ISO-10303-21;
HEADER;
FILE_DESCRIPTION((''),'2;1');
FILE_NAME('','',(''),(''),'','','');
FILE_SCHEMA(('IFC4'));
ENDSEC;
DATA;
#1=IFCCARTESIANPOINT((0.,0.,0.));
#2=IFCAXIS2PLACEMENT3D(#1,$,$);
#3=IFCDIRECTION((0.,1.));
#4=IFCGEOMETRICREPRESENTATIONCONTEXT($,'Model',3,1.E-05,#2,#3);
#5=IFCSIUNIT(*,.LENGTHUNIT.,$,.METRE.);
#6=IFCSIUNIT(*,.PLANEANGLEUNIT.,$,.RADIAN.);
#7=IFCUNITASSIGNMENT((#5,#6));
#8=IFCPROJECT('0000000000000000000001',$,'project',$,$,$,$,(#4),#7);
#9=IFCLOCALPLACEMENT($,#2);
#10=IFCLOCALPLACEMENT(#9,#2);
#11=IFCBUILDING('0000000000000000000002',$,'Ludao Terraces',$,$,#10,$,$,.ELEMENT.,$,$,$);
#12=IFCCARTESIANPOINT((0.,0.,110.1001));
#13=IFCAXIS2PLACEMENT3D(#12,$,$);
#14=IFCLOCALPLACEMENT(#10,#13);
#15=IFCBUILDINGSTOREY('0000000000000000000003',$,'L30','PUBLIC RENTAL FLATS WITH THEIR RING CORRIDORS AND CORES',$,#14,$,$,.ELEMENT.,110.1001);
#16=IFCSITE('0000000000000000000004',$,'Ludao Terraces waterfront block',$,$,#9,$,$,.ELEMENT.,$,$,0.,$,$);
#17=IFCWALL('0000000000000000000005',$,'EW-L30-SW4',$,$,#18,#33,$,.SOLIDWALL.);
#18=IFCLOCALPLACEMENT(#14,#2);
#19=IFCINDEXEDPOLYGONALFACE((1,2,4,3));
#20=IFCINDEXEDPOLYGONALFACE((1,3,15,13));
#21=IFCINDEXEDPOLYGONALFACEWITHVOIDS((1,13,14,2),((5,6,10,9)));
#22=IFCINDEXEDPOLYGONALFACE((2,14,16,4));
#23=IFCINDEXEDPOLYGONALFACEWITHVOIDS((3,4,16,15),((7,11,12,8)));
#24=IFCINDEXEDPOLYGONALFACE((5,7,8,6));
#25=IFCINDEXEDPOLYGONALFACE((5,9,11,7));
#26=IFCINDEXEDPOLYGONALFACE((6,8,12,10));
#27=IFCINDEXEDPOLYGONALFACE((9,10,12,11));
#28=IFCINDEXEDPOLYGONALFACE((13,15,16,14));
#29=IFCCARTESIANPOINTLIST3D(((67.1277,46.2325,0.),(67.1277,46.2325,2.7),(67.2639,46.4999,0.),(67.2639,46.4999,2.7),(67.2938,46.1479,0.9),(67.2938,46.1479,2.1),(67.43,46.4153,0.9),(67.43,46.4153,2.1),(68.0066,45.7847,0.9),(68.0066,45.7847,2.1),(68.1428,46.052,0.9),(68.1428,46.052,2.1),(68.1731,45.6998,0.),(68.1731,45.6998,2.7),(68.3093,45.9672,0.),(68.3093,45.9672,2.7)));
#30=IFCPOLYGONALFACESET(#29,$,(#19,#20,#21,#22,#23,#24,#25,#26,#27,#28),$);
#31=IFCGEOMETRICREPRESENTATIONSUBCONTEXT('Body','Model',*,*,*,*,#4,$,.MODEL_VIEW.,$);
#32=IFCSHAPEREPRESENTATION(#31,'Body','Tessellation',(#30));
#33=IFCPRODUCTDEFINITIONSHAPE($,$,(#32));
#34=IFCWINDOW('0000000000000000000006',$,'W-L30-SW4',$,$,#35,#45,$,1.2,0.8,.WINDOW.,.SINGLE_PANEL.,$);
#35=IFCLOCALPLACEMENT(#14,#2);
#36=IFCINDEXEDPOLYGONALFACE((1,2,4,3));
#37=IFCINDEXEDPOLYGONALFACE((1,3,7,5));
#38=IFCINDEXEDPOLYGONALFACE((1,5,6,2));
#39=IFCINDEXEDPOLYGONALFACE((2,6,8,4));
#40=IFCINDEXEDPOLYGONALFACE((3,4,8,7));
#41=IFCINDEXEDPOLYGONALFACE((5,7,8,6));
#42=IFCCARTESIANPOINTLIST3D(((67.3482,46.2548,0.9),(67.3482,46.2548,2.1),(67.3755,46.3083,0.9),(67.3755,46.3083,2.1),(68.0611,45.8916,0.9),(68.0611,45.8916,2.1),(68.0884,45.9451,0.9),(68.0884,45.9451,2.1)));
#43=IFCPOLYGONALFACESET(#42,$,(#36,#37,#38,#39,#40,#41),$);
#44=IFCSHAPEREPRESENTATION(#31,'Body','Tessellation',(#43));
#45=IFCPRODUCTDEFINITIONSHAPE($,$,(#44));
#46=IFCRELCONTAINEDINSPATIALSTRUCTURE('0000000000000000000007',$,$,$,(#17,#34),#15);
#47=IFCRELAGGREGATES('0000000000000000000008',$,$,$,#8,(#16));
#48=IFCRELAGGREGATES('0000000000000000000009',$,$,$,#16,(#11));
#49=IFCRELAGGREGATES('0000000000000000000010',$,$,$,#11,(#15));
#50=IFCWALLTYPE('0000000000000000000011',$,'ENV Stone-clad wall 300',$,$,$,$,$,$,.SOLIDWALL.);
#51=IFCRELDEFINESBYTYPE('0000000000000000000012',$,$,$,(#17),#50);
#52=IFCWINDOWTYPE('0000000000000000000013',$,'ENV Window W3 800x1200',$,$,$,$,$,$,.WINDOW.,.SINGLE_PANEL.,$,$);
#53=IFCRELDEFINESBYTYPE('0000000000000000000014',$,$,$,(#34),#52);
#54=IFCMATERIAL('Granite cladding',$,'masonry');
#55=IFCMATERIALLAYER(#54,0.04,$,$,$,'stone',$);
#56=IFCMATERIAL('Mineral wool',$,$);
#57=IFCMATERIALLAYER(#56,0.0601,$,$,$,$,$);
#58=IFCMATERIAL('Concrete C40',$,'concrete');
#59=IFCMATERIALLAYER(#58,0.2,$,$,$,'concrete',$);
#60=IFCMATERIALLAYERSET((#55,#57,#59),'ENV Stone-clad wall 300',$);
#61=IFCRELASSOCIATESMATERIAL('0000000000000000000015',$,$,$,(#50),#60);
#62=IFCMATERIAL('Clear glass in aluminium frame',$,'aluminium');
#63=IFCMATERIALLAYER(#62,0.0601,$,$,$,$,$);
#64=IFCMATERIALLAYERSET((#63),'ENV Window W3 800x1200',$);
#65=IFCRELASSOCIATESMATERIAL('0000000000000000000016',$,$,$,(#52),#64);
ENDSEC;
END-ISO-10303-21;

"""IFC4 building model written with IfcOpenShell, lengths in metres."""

from ifc_helpers import new_model, si_unit, direction, frame, frame_2d, origin, place, context, subcontext, project, spatial, rectangle, extrude, material, layer, layer_set, type_object, element, fill, save


model = new_model("IFC4")

# Units and contexts
model_context = context("Model", 3, precision=1e-05, world=origin(), true_north=direction((0.0, 1.0)))
body_context = subcontext(model_context, "Body", "Model", "MODEL_VIEW")
ifc_project = project(units=[si_unit("LENGTHUNIT", "METRE"), si_unit("PLANEANGLEUNIT", "RADIAN")], contexts=[model_context])

# Site, building, storey
site_placement = place(None, origin())
site = spatial("IfcSite", under=ifc_project, at=site_placement, Name="Ludao Terraces waterfront block", CompositionType="ELEMENT", RefElevation=0.0)
building_placement = place(site_placement, origin())
building = spatial("IfcBuilding", under=site, at=building_placement, Name="Ludao Terraces", CompositionType="ELEMENT")
storey_placement = place(building_placement, frame((0.0, 0.0, 110.1001)))
storey = spatial("IfcBuildingStorey", under=building, at=storey_placement, Name="L30", Description="PUBLIC RENTAL FLATS WITH THEIR RING CORRIDORS AND CORES", CompositionType="ELEMENT", Elevation=110.1001)

# Shared definitions
ifc_material_1 = material(Name="Concrete C40", Category="concrete")

# Shared definitions
ifc_material_2 = material(Name="Granite cladding", Category="masonry")
ifc_layer_1 = layer(ifc_material_2, 0.04, Category="stone")
ifc_material_3 = material(Name="Mineral wool")
ifc_layer_2 = layer(ifc_material_3, 0.0601)
ifc_layer_3 = layer(ifc_material_1, 0.2, Category="concrete")
ifc_layer_set_1 = layer_set([ifc_layer_1, ifc_layer_2, ifc_layer_3], Name="ENV Stone-clad wall 300")
wall_type_1 = type_object("IfcWallType", Name="ENV Stone-clad wall 300", PredefinedType="SOLIDWALL", material=ifc_layer_set_1)
ifc_material_4 = material(Name="Clear glass in aluminium frame", Category="aluminium")

# Wall, opening, window
ifc_layer_4 = layer(ifc_material_4, 0.0601)
ifc_layer_set_2 = layer_set([ifc_layer_4], Name="ENV Window W3 800x1200")
window_type_1 = type_object("IfcWindowType", Name="ENV Window W3 800x1200", PartitioningType="SINGLE_PANEL", PredefinedType="WINDOW", material=ifc_layer_set_2)
wall_1_placement = place(storey_placement, frame((67.1958, 46.3662, 0.0), z_axis=(0.0, 0.0, 1.0), x_axis=(0.890989, -0.454026, 0.0)))
wall_1 = element("IfcWall", 1, at=wall_1_placement, inside=storey, type_object=wall_type_1, Name="EW-L30-SW4", PredefinedType="SOLIDWALL", context=body_context, shape_type="SweptSolid", body=[
    extrude(rectangle(XDim=1.1733, YDim=0.3, at=frame_2d((0.5867, 0.0))), origin(), (0.0, 0.0, 1.0), 2.7),
])
opening_1_placement = place(wall_1_placement, frame((0.1865, 0.0, 0.8999)))
opening_1 = element("IfcOpeningElement", 2, at=opening_1_placement, cuts=wall_1, PredefinedType="OPENING", context=body_context, shape_type="SweptSolid", body=[
    extrude(rectangle(XDim=0.8, YDim=1.2, at=frame_2d((0.3999, 0.6001))), frame((0.0, 0.1602, 0.0), z_axis=(0.0, -1.0, 0.0), x_axis=(1.0, 0.0, 0.0)), (0.0, 0.0, 1.0), 0.3201),
])
window_1_placement = place(opening_1_placement, origin())
window_1 = element("IfcWindow", 3, at=window_1_placement, inside=storey, type_object=window_type_1, Name="W-L30-SW4", OverallHeight=1.2, OverallWidth=0.8, PartitioningType="SINGLE_PANEL", PredefinedType="WINDOW", context=body_context, shape_type="SweptSolid", body=[
    extrude(rectangle(XDim=0.8, YDim=1.2, at=frame_2d((0.3999, 0.6001))), frame((0.0, 0.03, 0.0), z_axis=(0.0, -1.0, 0.0), x_axis=(1.0, 0.0, 0.0)), (0.0, 0.0, 1.0), 0.0601),
])
fill(opening_1, window_1)

save(model, "model.ifc")
